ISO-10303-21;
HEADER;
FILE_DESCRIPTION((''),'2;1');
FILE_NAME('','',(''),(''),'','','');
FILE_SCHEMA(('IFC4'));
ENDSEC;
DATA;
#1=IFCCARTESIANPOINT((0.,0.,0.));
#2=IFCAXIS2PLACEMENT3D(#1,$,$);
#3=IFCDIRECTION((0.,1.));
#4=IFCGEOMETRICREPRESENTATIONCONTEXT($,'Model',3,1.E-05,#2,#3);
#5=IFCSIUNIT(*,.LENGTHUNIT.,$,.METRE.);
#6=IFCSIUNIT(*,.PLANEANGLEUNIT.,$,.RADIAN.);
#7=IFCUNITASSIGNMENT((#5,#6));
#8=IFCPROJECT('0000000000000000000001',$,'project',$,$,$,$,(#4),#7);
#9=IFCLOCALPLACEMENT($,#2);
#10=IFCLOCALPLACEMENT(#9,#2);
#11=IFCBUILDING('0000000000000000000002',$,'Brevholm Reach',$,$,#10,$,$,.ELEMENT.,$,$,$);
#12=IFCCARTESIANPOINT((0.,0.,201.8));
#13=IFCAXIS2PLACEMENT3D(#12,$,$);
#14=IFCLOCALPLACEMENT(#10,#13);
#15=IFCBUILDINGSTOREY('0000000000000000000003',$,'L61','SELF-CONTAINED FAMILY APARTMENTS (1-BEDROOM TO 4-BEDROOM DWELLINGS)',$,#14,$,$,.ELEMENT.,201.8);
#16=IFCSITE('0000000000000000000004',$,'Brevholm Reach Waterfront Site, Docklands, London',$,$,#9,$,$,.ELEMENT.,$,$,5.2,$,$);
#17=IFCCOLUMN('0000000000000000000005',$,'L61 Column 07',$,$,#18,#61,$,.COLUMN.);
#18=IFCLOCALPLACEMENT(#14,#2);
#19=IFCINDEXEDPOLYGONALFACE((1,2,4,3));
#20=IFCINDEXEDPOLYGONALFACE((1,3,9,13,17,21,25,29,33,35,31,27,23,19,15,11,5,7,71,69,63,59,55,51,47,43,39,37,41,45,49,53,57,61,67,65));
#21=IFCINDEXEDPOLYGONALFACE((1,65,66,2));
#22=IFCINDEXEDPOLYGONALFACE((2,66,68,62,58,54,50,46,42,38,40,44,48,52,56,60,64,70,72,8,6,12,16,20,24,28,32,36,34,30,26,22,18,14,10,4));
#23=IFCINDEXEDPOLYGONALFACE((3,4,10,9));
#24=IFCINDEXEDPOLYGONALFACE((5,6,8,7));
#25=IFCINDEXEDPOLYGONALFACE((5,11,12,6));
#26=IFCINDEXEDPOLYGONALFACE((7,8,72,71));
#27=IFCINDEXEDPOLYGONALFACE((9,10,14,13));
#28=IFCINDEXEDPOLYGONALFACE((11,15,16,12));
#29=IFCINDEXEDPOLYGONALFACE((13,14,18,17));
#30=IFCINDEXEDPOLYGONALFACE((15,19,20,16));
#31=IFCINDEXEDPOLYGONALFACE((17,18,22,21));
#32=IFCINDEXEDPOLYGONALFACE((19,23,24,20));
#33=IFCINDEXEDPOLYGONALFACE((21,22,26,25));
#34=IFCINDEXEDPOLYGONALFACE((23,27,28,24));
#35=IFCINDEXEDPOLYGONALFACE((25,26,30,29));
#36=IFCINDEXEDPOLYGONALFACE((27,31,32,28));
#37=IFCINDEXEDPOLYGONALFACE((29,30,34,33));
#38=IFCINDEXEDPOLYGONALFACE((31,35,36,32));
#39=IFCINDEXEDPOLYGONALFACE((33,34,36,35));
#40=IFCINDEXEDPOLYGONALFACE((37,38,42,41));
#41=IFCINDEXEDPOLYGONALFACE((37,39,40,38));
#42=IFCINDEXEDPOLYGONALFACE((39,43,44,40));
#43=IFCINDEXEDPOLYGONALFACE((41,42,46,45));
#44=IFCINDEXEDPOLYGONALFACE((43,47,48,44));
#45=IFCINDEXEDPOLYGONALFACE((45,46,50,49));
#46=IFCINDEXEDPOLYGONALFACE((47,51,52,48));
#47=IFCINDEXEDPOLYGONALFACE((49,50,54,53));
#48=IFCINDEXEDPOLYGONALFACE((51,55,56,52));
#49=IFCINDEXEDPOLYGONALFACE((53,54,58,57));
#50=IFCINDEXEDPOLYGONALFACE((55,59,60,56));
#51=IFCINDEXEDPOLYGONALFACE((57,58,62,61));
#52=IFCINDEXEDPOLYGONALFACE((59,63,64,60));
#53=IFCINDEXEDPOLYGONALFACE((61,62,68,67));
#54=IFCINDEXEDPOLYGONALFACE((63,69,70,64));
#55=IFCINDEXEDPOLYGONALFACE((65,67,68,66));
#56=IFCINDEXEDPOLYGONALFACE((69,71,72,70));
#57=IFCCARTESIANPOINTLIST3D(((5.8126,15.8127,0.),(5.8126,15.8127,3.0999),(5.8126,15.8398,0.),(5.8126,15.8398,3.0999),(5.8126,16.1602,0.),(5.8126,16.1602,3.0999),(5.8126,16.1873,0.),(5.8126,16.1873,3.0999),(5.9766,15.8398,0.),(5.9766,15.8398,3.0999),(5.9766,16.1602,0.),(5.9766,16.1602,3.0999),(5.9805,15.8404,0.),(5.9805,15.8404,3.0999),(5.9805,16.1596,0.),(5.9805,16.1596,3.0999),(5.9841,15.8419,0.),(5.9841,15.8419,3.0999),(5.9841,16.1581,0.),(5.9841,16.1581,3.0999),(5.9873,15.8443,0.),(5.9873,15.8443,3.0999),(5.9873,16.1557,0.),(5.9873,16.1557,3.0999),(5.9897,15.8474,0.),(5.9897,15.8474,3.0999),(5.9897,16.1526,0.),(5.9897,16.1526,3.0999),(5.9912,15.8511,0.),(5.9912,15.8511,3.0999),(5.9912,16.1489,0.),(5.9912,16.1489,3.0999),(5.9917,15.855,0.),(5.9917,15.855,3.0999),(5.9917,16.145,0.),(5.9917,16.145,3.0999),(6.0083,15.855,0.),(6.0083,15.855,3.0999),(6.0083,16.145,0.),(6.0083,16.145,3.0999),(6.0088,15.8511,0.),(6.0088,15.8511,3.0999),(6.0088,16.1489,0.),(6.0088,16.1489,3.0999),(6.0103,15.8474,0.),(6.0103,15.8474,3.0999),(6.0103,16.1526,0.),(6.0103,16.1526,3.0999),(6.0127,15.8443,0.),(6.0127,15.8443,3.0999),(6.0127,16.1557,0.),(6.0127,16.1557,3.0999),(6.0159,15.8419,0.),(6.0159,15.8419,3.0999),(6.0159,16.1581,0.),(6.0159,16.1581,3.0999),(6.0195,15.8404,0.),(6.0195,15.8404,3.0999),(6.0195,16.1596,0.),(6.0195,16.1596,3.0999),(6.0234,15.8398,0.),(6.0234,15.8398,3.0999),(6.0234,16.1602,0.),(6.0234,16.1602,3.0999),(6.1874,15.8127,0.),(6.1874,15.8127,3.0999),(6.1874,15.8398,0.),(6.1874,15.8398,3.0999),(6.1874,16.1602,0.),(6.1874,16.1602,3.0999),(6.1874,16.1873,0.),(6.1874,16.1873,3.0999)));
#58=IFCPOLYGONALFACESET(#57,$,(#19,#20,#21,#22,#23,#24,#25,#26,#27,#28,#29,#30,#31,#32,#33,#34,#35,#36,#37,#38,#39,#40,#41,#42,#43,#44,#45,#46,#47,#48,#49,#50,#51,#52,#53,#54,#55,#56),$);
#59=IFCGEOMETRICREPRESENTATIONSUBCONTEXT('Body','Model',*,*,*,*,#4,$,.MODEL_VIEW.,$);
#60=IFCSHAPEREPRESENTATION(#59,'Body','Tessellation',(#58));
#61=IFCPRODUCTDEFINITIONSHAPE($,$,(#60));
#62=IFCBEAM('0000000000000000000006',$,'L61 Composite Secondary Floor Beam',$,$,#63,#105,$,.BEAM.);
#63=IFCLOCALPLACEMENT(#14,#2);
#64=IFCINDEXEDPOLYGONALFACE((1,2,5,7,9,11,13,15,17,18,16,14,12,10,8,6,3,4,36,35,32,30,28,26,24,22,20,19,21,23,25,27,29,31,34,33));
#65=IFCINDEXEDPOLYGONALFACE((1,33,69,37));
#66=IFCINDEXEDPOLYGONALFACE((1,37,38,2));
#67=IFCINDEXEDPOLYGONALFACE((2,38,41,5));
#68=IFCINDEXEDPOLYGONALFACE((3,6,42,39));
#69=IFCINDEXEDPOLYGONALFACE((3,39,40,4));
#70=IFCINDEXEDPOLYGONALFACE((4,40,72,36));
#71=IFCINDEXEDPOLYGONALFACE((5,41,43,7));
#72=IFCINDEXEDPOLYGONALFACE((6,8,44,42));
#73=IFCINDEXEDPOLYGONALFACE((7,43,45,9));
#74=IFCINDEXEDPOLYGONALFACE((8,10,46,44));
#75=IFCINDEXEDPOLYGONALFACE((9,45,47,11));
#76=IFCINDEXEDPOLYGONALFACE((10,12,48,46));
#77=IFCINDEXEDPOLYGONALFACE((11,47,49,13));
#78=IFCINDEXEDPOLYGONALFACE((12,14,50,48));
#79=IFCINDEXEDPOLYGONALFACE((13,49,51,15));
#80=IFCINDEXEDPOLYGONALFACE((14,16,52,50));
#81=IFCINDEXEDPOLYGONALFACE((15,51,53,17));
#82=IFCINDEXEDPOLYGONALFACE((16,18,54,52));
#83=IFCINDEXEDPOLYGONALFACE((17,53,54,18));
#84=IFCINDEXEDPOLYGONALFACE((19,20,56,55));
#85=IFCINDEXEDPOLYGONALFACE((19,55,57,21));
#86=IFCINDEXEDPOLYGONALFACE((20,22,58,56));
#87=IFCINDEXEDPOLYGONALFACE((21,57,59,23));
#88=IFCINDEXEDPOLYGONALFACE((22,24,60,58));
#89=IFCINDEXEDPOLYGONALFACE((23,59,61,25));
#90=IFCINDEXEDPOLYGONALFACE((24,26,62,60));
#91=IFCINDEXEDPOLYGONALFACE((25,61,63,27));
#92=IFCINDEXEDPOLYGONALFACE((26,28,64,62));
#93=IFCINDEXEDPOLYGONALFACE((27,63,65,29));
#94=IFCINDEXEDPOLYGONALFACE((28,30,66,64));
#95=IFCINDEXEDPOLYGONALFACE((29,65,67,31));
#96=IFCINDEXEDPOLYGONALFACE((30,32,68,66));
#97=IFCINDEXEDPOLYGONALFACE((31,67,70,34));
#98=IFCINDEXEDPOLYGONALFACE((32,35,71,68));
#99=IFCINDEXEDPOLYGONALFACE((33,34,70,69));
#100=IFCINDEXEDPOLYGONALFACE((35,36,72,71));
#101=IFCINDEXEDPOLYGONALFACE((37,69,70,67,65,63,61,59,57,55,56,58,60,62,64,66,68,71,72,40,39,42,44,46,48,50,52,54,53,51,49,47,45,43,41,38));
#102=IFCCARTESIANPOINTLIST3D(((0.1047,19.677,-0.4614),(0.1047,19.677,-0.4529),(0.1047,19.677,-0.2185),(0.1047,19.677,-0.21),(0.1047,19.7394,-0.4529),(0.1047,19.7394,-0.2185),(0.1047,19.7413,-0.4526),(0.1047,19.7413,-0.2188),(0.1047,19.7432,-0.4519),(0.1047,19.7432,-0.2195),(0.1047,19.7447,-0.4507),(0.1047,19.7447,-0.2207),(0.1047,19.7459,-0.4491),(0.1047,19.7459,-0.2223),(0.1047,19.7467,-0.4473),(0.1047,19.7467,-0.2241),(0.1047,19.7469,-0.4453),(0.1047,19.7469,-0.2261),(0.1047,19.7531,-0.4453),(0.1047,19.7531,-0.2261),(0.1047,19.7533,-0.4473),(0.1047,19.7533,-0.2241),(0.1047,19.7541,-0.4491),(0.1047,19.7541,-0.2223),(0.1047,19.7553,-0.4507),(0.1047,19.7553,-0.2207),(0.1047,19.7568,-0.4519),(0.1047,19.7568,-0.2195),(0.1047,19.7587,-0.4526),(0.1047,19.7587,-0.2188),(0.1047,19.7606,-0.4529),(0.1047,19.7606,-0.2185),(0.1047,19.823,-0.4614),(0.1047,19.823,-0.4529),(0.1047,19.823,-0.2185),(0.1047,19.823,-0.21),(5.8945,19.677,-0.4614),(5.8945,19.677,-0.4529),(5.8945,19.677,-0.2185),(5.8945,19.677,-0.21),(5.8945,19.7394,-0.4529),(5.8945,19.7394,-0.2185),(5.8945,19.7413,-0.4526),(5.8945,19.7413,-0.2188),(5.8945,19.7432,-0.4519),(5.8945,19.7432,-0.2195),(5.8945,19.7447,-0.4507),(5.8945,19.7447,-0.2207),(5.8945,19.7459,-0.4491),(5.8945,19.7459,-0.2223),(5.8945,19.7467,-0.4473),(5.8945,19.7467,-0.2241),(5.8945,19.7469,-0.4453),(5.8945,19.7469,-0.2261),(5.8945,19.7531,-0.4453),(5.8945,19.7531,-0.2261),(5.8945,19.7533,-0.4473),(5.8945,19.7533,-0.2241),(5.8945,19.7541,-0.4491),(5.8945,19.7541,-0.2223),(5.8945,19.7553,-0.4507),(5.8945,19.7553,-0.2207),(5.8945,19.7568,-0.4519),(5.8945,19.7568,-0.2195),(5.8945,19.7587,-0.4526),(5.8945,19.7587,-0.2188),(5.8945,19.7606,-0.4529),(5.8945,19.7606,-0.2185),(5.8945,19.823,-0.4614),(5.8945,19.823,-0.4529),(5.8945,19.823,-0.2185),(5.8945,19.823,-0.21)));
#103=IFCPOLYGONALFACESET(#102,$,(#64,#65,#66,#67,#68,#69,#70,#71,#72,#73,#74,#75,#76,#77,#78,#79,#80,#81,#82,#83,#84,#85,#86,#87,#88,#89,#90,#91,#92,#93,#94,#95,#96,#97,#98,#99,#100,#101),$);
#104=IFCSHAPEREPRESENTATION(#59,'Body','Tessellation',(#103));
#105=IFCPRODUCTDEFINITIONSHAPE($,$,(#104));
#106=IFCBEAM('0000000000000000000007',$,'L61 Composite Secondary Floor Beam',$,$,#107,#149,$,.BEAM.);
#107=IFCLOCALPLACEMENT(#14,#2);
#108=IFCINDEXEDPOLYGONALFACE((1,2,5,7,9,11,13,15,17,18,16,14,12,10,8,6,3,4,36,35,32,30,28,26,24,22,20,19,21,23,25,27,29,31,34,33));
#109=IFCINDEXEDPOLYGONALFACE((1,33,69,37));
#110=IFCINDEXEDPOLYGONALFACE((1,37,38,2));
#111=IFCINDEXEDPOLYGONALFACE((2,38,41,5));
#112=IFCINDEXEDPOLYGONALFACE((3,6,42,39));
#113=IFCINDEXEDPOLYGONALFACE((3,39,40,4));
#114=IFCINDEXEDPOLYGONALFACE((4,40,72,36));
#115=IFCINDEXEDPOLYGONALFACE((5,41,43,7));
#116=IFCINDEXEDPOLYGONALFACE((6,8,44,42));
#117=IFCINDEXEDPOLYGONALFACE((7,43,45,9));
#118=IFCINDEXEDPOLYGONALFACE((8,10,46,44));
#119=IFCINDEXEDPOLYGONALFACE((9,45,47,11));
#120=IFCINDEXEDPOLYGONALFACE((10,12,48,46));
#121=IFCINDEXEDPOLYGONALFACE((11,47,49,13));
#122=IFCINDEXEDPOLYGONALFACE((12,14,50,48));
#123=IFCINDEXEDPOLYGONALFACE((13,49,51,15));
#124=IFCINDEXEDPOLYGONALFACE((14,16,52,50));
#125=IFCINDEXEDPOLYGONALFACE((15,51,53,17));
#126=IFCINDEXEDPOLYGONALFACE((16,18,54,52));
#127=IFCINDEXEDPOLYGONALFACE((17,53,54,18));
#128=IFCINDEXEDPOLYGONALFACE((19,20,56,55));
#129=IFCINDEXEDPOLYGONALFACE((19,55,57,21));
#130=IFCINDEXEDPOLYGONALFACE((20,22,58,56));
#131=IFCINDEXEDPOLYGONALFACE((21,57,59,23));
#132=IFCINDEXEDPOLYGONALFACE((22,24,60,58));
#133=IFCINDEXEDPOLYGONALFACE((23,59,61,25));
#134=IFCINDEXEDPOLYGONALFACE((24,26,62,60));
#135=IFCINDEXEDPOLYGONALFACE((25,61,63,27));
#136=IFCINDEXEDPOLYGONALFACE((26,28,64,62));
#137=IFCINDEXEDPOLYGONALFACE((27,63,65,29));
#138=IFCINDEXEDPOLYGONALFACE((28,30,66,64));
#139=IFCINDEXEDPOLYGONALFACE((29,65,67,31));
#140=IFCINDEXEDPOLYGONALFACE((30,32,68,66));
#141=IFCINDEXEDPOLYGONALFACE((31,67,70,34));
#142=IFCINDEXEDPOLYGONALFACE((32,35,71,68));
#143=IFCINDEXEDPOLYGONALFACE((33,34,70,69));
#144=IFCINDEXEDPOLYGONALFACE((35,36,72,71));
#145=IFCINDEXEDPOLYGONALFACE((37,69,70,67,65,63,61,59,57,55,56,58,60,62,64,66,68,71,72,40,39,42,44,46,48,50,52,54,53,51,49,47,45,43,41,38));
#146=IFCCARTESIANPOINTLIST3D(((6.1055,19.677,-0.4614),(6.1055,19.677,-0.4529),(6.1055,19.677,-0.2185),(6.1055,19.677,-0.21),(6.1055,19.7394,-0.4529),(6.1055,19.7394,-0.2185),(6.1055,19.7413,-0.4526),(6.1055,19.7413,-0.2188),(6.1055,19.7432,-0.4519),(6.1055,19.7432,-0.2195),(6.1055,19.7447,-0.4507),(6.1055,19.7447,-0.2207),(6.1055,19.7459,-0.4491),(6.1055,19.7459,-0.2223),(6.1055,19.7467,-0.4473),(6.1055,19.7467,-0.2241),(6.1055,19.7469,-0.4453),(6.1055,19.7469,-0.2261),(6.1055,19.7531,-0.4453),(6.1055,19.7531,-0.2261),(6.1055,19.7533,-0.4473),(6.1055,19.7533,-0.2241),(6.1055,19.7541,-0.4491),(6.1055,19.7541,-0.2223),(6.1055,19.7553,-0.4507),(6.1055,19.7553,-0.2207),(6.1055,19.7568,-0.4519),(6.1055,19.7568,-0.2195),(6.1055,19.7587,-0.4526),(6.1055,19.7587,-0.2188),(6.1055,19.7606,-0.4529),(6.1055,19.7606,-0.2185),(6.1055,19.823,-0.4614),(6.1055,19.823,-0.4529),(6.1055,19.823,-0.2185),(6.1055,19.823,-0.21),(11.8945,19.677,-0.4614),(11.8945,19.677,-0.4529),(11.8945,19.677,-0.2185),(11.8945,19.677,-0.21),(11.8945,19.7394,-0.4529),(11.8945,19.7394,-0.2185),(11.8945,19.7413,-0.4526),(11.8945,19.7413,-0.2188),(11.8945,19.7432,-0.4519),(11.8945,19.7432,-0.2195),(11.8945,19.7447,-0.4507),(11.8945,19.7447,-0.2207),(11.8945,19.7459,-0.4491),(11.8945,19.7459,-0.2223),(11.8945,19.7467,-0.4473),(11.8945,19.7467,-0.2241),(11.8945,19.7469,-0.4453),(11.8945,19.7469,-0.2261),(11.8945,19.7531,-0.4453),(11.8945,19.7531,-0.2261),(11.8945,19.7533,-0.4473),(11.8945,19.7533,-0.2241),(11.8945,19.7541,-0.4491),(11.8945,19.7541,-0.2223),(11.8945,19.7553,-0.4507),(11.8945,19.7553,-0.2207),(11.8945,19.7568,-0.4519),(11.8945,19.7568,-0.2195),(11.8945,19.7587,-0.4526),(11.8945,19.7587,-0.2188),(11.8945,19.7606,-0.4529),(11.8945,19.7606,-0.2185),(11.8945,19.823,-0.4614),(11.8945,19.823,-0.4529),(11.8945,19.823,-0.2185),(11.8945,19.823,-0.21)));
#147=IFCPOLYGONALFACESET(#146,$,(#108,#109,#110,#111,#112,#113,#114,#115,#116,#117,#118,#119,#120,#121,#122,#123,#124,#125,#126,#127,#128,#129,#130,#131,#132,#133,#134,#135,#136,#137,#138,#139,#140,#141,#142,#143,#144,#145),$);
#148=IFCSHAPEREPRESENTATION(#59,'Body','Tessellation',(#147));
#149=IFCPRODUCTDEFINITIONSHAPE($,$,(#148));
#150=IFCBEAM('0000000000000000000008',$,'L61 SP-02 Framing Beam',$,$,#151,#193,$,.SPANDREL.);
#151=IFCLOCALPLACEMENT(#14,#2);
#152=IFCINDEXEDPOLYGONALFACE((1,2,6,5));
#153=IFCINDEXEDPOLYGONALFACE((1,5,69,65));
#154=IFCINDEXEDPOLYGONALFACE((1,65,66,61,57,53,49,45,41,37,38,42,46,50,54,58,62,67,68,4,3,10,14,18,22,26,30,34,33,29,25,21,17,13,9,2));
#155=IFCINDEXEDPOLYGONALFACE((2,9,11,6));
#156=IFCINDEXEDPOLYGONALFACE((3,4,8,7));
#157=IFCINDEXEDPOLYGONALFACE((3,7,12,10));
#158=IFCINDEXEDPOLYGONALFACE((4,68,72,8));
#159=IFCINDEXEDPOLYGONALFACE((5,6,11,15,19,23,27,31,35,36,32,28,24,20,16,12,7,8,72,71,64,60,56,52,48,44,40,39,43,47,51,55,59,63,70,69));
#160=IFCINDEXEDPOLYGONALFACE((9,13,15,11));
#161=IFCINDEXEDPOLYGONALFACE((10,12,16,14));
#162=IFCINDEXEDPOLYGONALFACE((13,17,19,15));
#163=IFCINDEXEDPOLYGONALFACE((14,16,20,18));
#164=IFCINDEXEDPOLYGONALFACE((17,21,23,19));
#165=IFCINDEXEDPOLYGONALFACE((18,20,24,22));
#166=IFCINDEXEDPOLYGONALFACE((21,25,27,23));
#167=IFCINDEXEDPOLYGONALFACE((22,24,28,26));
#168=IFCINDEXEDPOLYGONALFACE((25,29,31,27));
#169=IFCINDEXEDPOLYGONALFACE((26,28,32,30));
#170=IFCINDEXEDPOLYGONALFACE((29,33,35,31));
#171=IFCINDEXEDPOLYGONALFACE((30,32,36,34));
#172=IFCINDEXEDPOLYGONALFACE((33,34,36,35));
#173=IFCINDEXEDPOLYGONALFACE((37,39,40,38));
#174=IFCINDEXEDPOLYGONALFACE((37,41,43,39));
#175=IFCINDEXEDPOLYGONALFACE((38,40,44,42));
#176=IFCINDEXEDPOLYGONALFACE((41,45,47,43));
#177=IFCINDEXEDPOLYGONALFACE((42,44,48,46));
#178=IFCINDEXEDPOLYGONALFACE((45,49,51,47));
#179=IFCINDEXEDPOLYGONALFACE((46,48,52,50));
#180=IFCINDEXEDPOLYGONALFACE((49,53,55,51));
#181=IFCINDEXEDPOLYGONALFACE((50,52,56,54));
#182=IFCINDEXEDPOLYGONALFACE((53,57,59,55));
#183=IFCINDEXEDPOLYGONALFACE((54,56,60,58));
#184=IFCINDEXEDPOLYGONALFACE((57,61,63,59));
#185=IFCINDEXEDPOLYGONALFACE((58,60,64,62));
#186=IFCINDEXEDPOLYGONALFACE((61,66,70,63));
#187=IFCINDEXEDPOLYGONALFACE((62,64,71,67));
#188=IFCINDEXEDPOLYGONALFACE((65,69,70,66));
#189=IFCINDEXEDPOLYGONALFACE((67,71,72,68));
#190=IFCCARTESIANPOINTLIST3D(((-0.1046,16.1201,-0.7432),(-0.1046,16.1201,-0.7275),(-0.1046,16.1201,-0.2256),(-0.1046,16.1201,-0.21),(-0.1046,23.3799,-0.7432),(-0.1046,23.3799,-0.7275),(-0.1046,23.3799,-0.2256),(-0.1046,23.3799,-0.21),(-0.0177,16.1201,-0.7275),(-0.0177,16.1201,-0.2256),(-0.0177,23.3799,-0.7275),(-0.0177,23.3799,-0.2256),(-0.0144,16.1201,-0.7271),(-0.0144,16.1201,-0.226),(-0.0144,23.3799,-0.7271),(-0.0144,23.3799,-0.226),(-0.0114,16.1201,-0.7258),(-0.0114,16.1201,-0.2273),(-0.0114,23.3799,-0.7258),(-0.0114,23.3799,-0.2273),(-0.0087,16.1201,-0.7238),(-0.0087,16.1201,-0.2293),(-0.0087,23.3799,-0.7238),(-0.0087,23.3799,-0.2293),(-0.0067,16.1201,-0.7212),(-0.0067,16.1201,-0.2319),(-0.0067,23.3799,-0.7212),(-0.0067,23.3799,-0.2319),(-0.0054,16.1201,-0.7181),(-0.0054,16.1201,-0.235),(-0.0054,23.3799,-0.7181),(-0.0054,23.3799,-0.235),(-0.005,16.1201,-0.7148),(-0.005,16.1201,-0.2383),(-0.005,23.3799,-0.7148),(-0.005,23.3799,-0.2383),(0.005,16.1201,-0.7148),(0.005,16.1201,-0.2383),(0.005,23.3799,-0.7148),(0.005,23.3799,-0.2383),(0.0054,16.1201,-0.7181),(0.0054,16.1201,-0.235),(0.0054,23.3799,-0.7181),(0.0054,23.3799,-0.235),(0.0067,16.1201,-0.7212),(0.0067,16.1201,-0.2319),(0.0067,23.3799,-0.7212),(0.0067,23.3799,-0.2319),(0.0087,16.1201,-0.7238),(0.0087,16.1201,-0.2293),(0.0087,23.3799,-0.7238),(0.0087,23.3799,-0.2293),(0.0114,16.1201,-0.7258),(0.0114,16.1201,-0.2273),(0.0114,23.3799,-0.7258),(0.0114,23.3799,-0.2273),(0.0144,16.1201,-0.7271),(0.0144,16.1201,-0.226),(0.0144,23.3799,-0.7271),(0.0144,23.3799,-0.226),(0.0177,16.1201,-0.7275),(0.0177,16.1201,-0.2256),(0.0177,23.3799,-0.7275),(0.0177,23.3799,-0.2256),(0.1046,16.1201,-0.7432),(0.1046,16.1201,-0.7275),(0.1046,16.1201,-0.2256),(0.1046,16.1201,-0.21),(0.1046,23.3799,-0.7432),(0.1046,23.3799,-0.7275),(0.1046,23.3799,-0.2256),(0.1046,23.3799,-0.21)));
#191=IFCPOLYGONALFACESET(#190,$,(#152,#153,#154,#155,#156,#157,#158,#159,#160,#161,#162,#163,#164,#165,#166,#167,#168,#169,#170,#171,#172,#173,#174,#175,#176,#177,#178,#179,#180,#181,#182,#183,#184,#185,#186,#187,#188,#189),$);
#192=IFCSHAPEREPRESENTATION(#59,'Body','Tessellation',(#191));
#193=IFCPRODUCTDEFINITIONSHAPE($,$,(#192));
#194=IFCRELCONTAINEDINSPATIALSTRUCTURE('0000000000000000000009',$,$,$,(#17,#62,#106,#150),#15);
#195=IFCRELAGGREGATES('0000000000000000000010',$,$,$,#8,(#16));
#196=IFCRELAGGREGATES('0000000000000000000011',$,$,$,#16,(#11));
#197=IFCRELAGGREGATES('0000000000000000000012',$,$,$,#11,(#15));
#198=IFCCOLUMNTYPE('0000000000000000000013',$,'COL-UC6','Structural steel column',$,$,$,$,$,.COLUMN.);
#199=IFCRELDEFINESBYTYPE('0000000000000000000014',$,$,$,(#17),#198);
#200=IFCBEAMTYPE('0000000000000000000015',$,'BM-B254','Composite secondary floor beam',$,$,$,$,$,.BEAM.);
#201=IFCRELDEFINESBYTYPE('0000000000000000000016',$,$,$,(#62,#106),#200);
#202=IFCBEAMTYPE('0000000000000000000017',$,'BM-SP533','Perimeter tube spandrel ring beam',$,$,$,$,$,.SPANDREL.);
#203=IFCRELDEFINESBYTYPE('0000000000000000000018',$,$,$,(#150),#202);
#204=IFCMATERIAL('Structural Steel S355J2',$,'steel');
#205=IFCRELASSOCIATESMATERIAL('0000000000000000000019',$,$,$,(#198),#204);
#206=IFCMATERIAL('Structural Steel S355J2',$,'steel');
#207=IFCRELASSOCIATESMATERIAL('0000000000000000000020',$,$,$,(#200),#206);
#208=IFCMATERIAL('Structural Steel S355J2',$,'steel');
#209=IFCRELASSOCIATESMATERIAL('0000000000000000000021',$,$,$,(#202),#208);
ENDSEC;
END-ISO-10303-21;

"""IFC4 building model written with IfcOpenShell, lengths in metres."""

from ifc_helpers import new_model, si_unit, direction, frame, origin, origin_2d, place, context, subcontext, project, spatial, i_section, extrude, material, material_profile, profile_set, type_object, element, save


model = new_model("IFC4")

# Units and contexts
model_context = context("Model", 3, precision=1e-05, world=origin(), true_north=direction((0.0, 1.0)))
body_context = subcontext(model_context, "Body", "Model", "MODEL_VIEW")
ifc_project = project(units=[si_unit("LENGTHUNIT", "METRE"), si_unit("PLANEANGLEUNIT", "RADIAN")], contexts=[model_context])

# Site, building, storey
site_placement = place(None, origin())
site = spatial("IfcSite", under=ifc_project, at=site_placement, Name="Brevholm Reach Waterfront Site, Docklands, London", CompositionType="ELEMENT", RefElevation=5.2)
building_placement = place(site_placement, origin())
building = spatial("IfcBuilding", under=site, at=building_placement, Name="Brevholm Reach", CompositionType="ELEMENT")
storey_placement = place(building_placement, frame((0.0, 0.0, 201.8)))
storey = spatial("IfcBuildingStorey", under=building, at=storey_placement, Name="L61", Description="SELF-CONTAINED FAMILY APARTMENTS (1-BEDROOM TO 4-BEDROOM DWELLINGS)", CompositionType="ELEMENT", Elevation=201.8)

# Column
ifc_material_1 = material(Name="Structural Steel S355J2", Category="steel")
ifc_material_profile_1 = material_profile(ifc_material_1, i_section(OverallWidth=0.3748, OverallDepth=0.3745, WebThickness=0.0166, FlangeThickness=0.0271, FilletRadius=0.0151, at=origin_2d()), Name="UKC 356x368x202")
ifc_profile_set_1 = profile_set([ifc_material_profile_1], Name="Structural Steel S355J2")
column_type = type_object("IfcColumnType", Name="COL-UC6", Description="Structural steel column", PredefinedType="COLUMN", material=ifc_profile_set_1)
column_placement = place(storey_placement, frame((6.0, 16.0, 0.0), z_axis=(0.0, 0.0, 1.0), x_axis=(1.0, 0.0, 0.0)))
element("IfcColumn", 1, at=column_placement, inside=storey, type_object=column_type, Name="L61 Column 07", PredefinedType="COLUMN", context=body_context, shape_type="SweptSolid", body=[
    extrude(i_section(OverallWidth=0.3748, OverallDepth=0.3745, WebThickness=0.0166, FlangeThickness=0.0271, FilletRadius=0.0151, at=origin_2d()), origin(), (0.0, 0.0, 1.0), 3.0999),
])

# Beams
ifc_material_2 = material(Name="Structural Steel S355J2", Category="steel")
ifc_material_profile_2 = material_profile(ifc_material_2, i_section(OverallWidth=0.146, OverallDepth=0.2515, WebThickness=0.0061, FlangeThickness=0.0085, FilletRadius=0.0076, at=origin_2d()), Name="UKB 254x146x31")
ifc_profile_set_2 = profile_set([ifc_material_profile_2], Name="Structural Steel S355J2")
beam_type_1 = type_object("IfcBeamType", Name="BM-B254", Description="Composite secondary floor beam", PredefinedType="BEAM", material=ifc_profile_set_2)
beam_1_placement = place(storey_placement, frame((0.1047, 19.75, -0.3357), z_axis=(1.0, 0.0, 0.0), x_axis=(0.0, 1.0, 0.0)))
element("IfcBeam", 2, at=beam_1_placement, inside=storey, type_object=beam_type_1, Name="L61 Composite Secondary Floor Beam", PredefinedType="BEAM", context=body_context, shape_type="SweptSolid", body=[
    extrude(i_section(OverallWidth=0.146, OverallDepth=0.2515, WebThickness=0.0061, FlangeThickness=0.0085, FilletRadius=0.0076, at=origin_2d()), origin(), (0.0, 0.0, 1.0), 5.7898),
])
beam_2_placement = place(storey_placement, frame((6.1055, 19.75, -0.3357), z_axis=(1.0, 0.0, 0.0), x_axis=(0.0, 1.0, 0.0)))
element("IfcBeam", 3, at=beam_2_placement, inside=storey, type_object=beam_type_1, Name="L61 Composite Secondary Floor Beam", PredefinedType="BEAM", context=body_context, shape_type="SweptSolid", body=[
    extrude(i_section(OverallWidth=0.146, OverallDepth=0.2515, WebThickness=0.0061, FlangeThickness=0.0085, FilletRadius=0.0076, at=origin_2d()), origin(), (0.0, 0.0, 1.0), 5.7891),
])
ifc_material_3 = material(Name="Structural Steel S355J2", Category="steel")
ifc_material_profile_3 = material_profile(ifc_material_3, i_section(OverallWidth=0.2092, OverallDepth=0.5332, WebThickness=0.01, FlangeThickness=0.0156, FilletRadius=0.0127, at=origin_2d()), Name="UKB 533x210x92")
ifc_profile_set_3 = profile_set([ifc_material_profile_3], Name="Structural Steel S355J2")
beam_type_2 = type_object("IfcBeamType", Name="BM-SP533", Description="Perimeter tube spandrel ring beam", PredefinedType="SPANDREL", material=ifc_profile_set_3)
beam_3_placement = place(storey_placement, frame((0.0, 16.1201, -0.4766), z_axis=(0.0, 1.0, 0.0), x_axis=(-1.0, 0.0, 0.0)))
element("IfcBeam", 4, at=beam_3_placement, inside=storey, type_object=beam_type_2, Name="L61 SP-02 Framing Beam", PredefinedType="SPANDREL", context=body_context, shape_type="SweptSolid", body=[
    extrude(i_section(OverallWidth=0.2092, OverallDepth=0.5332, WebThickness=0.01, FlangeThickness=0.0156, FilletRadius=0.0127, at=origin_2d()), origin(), (0.0, 0.0, 1.0), 7.2598),
])

save(model, "model.ifc")
